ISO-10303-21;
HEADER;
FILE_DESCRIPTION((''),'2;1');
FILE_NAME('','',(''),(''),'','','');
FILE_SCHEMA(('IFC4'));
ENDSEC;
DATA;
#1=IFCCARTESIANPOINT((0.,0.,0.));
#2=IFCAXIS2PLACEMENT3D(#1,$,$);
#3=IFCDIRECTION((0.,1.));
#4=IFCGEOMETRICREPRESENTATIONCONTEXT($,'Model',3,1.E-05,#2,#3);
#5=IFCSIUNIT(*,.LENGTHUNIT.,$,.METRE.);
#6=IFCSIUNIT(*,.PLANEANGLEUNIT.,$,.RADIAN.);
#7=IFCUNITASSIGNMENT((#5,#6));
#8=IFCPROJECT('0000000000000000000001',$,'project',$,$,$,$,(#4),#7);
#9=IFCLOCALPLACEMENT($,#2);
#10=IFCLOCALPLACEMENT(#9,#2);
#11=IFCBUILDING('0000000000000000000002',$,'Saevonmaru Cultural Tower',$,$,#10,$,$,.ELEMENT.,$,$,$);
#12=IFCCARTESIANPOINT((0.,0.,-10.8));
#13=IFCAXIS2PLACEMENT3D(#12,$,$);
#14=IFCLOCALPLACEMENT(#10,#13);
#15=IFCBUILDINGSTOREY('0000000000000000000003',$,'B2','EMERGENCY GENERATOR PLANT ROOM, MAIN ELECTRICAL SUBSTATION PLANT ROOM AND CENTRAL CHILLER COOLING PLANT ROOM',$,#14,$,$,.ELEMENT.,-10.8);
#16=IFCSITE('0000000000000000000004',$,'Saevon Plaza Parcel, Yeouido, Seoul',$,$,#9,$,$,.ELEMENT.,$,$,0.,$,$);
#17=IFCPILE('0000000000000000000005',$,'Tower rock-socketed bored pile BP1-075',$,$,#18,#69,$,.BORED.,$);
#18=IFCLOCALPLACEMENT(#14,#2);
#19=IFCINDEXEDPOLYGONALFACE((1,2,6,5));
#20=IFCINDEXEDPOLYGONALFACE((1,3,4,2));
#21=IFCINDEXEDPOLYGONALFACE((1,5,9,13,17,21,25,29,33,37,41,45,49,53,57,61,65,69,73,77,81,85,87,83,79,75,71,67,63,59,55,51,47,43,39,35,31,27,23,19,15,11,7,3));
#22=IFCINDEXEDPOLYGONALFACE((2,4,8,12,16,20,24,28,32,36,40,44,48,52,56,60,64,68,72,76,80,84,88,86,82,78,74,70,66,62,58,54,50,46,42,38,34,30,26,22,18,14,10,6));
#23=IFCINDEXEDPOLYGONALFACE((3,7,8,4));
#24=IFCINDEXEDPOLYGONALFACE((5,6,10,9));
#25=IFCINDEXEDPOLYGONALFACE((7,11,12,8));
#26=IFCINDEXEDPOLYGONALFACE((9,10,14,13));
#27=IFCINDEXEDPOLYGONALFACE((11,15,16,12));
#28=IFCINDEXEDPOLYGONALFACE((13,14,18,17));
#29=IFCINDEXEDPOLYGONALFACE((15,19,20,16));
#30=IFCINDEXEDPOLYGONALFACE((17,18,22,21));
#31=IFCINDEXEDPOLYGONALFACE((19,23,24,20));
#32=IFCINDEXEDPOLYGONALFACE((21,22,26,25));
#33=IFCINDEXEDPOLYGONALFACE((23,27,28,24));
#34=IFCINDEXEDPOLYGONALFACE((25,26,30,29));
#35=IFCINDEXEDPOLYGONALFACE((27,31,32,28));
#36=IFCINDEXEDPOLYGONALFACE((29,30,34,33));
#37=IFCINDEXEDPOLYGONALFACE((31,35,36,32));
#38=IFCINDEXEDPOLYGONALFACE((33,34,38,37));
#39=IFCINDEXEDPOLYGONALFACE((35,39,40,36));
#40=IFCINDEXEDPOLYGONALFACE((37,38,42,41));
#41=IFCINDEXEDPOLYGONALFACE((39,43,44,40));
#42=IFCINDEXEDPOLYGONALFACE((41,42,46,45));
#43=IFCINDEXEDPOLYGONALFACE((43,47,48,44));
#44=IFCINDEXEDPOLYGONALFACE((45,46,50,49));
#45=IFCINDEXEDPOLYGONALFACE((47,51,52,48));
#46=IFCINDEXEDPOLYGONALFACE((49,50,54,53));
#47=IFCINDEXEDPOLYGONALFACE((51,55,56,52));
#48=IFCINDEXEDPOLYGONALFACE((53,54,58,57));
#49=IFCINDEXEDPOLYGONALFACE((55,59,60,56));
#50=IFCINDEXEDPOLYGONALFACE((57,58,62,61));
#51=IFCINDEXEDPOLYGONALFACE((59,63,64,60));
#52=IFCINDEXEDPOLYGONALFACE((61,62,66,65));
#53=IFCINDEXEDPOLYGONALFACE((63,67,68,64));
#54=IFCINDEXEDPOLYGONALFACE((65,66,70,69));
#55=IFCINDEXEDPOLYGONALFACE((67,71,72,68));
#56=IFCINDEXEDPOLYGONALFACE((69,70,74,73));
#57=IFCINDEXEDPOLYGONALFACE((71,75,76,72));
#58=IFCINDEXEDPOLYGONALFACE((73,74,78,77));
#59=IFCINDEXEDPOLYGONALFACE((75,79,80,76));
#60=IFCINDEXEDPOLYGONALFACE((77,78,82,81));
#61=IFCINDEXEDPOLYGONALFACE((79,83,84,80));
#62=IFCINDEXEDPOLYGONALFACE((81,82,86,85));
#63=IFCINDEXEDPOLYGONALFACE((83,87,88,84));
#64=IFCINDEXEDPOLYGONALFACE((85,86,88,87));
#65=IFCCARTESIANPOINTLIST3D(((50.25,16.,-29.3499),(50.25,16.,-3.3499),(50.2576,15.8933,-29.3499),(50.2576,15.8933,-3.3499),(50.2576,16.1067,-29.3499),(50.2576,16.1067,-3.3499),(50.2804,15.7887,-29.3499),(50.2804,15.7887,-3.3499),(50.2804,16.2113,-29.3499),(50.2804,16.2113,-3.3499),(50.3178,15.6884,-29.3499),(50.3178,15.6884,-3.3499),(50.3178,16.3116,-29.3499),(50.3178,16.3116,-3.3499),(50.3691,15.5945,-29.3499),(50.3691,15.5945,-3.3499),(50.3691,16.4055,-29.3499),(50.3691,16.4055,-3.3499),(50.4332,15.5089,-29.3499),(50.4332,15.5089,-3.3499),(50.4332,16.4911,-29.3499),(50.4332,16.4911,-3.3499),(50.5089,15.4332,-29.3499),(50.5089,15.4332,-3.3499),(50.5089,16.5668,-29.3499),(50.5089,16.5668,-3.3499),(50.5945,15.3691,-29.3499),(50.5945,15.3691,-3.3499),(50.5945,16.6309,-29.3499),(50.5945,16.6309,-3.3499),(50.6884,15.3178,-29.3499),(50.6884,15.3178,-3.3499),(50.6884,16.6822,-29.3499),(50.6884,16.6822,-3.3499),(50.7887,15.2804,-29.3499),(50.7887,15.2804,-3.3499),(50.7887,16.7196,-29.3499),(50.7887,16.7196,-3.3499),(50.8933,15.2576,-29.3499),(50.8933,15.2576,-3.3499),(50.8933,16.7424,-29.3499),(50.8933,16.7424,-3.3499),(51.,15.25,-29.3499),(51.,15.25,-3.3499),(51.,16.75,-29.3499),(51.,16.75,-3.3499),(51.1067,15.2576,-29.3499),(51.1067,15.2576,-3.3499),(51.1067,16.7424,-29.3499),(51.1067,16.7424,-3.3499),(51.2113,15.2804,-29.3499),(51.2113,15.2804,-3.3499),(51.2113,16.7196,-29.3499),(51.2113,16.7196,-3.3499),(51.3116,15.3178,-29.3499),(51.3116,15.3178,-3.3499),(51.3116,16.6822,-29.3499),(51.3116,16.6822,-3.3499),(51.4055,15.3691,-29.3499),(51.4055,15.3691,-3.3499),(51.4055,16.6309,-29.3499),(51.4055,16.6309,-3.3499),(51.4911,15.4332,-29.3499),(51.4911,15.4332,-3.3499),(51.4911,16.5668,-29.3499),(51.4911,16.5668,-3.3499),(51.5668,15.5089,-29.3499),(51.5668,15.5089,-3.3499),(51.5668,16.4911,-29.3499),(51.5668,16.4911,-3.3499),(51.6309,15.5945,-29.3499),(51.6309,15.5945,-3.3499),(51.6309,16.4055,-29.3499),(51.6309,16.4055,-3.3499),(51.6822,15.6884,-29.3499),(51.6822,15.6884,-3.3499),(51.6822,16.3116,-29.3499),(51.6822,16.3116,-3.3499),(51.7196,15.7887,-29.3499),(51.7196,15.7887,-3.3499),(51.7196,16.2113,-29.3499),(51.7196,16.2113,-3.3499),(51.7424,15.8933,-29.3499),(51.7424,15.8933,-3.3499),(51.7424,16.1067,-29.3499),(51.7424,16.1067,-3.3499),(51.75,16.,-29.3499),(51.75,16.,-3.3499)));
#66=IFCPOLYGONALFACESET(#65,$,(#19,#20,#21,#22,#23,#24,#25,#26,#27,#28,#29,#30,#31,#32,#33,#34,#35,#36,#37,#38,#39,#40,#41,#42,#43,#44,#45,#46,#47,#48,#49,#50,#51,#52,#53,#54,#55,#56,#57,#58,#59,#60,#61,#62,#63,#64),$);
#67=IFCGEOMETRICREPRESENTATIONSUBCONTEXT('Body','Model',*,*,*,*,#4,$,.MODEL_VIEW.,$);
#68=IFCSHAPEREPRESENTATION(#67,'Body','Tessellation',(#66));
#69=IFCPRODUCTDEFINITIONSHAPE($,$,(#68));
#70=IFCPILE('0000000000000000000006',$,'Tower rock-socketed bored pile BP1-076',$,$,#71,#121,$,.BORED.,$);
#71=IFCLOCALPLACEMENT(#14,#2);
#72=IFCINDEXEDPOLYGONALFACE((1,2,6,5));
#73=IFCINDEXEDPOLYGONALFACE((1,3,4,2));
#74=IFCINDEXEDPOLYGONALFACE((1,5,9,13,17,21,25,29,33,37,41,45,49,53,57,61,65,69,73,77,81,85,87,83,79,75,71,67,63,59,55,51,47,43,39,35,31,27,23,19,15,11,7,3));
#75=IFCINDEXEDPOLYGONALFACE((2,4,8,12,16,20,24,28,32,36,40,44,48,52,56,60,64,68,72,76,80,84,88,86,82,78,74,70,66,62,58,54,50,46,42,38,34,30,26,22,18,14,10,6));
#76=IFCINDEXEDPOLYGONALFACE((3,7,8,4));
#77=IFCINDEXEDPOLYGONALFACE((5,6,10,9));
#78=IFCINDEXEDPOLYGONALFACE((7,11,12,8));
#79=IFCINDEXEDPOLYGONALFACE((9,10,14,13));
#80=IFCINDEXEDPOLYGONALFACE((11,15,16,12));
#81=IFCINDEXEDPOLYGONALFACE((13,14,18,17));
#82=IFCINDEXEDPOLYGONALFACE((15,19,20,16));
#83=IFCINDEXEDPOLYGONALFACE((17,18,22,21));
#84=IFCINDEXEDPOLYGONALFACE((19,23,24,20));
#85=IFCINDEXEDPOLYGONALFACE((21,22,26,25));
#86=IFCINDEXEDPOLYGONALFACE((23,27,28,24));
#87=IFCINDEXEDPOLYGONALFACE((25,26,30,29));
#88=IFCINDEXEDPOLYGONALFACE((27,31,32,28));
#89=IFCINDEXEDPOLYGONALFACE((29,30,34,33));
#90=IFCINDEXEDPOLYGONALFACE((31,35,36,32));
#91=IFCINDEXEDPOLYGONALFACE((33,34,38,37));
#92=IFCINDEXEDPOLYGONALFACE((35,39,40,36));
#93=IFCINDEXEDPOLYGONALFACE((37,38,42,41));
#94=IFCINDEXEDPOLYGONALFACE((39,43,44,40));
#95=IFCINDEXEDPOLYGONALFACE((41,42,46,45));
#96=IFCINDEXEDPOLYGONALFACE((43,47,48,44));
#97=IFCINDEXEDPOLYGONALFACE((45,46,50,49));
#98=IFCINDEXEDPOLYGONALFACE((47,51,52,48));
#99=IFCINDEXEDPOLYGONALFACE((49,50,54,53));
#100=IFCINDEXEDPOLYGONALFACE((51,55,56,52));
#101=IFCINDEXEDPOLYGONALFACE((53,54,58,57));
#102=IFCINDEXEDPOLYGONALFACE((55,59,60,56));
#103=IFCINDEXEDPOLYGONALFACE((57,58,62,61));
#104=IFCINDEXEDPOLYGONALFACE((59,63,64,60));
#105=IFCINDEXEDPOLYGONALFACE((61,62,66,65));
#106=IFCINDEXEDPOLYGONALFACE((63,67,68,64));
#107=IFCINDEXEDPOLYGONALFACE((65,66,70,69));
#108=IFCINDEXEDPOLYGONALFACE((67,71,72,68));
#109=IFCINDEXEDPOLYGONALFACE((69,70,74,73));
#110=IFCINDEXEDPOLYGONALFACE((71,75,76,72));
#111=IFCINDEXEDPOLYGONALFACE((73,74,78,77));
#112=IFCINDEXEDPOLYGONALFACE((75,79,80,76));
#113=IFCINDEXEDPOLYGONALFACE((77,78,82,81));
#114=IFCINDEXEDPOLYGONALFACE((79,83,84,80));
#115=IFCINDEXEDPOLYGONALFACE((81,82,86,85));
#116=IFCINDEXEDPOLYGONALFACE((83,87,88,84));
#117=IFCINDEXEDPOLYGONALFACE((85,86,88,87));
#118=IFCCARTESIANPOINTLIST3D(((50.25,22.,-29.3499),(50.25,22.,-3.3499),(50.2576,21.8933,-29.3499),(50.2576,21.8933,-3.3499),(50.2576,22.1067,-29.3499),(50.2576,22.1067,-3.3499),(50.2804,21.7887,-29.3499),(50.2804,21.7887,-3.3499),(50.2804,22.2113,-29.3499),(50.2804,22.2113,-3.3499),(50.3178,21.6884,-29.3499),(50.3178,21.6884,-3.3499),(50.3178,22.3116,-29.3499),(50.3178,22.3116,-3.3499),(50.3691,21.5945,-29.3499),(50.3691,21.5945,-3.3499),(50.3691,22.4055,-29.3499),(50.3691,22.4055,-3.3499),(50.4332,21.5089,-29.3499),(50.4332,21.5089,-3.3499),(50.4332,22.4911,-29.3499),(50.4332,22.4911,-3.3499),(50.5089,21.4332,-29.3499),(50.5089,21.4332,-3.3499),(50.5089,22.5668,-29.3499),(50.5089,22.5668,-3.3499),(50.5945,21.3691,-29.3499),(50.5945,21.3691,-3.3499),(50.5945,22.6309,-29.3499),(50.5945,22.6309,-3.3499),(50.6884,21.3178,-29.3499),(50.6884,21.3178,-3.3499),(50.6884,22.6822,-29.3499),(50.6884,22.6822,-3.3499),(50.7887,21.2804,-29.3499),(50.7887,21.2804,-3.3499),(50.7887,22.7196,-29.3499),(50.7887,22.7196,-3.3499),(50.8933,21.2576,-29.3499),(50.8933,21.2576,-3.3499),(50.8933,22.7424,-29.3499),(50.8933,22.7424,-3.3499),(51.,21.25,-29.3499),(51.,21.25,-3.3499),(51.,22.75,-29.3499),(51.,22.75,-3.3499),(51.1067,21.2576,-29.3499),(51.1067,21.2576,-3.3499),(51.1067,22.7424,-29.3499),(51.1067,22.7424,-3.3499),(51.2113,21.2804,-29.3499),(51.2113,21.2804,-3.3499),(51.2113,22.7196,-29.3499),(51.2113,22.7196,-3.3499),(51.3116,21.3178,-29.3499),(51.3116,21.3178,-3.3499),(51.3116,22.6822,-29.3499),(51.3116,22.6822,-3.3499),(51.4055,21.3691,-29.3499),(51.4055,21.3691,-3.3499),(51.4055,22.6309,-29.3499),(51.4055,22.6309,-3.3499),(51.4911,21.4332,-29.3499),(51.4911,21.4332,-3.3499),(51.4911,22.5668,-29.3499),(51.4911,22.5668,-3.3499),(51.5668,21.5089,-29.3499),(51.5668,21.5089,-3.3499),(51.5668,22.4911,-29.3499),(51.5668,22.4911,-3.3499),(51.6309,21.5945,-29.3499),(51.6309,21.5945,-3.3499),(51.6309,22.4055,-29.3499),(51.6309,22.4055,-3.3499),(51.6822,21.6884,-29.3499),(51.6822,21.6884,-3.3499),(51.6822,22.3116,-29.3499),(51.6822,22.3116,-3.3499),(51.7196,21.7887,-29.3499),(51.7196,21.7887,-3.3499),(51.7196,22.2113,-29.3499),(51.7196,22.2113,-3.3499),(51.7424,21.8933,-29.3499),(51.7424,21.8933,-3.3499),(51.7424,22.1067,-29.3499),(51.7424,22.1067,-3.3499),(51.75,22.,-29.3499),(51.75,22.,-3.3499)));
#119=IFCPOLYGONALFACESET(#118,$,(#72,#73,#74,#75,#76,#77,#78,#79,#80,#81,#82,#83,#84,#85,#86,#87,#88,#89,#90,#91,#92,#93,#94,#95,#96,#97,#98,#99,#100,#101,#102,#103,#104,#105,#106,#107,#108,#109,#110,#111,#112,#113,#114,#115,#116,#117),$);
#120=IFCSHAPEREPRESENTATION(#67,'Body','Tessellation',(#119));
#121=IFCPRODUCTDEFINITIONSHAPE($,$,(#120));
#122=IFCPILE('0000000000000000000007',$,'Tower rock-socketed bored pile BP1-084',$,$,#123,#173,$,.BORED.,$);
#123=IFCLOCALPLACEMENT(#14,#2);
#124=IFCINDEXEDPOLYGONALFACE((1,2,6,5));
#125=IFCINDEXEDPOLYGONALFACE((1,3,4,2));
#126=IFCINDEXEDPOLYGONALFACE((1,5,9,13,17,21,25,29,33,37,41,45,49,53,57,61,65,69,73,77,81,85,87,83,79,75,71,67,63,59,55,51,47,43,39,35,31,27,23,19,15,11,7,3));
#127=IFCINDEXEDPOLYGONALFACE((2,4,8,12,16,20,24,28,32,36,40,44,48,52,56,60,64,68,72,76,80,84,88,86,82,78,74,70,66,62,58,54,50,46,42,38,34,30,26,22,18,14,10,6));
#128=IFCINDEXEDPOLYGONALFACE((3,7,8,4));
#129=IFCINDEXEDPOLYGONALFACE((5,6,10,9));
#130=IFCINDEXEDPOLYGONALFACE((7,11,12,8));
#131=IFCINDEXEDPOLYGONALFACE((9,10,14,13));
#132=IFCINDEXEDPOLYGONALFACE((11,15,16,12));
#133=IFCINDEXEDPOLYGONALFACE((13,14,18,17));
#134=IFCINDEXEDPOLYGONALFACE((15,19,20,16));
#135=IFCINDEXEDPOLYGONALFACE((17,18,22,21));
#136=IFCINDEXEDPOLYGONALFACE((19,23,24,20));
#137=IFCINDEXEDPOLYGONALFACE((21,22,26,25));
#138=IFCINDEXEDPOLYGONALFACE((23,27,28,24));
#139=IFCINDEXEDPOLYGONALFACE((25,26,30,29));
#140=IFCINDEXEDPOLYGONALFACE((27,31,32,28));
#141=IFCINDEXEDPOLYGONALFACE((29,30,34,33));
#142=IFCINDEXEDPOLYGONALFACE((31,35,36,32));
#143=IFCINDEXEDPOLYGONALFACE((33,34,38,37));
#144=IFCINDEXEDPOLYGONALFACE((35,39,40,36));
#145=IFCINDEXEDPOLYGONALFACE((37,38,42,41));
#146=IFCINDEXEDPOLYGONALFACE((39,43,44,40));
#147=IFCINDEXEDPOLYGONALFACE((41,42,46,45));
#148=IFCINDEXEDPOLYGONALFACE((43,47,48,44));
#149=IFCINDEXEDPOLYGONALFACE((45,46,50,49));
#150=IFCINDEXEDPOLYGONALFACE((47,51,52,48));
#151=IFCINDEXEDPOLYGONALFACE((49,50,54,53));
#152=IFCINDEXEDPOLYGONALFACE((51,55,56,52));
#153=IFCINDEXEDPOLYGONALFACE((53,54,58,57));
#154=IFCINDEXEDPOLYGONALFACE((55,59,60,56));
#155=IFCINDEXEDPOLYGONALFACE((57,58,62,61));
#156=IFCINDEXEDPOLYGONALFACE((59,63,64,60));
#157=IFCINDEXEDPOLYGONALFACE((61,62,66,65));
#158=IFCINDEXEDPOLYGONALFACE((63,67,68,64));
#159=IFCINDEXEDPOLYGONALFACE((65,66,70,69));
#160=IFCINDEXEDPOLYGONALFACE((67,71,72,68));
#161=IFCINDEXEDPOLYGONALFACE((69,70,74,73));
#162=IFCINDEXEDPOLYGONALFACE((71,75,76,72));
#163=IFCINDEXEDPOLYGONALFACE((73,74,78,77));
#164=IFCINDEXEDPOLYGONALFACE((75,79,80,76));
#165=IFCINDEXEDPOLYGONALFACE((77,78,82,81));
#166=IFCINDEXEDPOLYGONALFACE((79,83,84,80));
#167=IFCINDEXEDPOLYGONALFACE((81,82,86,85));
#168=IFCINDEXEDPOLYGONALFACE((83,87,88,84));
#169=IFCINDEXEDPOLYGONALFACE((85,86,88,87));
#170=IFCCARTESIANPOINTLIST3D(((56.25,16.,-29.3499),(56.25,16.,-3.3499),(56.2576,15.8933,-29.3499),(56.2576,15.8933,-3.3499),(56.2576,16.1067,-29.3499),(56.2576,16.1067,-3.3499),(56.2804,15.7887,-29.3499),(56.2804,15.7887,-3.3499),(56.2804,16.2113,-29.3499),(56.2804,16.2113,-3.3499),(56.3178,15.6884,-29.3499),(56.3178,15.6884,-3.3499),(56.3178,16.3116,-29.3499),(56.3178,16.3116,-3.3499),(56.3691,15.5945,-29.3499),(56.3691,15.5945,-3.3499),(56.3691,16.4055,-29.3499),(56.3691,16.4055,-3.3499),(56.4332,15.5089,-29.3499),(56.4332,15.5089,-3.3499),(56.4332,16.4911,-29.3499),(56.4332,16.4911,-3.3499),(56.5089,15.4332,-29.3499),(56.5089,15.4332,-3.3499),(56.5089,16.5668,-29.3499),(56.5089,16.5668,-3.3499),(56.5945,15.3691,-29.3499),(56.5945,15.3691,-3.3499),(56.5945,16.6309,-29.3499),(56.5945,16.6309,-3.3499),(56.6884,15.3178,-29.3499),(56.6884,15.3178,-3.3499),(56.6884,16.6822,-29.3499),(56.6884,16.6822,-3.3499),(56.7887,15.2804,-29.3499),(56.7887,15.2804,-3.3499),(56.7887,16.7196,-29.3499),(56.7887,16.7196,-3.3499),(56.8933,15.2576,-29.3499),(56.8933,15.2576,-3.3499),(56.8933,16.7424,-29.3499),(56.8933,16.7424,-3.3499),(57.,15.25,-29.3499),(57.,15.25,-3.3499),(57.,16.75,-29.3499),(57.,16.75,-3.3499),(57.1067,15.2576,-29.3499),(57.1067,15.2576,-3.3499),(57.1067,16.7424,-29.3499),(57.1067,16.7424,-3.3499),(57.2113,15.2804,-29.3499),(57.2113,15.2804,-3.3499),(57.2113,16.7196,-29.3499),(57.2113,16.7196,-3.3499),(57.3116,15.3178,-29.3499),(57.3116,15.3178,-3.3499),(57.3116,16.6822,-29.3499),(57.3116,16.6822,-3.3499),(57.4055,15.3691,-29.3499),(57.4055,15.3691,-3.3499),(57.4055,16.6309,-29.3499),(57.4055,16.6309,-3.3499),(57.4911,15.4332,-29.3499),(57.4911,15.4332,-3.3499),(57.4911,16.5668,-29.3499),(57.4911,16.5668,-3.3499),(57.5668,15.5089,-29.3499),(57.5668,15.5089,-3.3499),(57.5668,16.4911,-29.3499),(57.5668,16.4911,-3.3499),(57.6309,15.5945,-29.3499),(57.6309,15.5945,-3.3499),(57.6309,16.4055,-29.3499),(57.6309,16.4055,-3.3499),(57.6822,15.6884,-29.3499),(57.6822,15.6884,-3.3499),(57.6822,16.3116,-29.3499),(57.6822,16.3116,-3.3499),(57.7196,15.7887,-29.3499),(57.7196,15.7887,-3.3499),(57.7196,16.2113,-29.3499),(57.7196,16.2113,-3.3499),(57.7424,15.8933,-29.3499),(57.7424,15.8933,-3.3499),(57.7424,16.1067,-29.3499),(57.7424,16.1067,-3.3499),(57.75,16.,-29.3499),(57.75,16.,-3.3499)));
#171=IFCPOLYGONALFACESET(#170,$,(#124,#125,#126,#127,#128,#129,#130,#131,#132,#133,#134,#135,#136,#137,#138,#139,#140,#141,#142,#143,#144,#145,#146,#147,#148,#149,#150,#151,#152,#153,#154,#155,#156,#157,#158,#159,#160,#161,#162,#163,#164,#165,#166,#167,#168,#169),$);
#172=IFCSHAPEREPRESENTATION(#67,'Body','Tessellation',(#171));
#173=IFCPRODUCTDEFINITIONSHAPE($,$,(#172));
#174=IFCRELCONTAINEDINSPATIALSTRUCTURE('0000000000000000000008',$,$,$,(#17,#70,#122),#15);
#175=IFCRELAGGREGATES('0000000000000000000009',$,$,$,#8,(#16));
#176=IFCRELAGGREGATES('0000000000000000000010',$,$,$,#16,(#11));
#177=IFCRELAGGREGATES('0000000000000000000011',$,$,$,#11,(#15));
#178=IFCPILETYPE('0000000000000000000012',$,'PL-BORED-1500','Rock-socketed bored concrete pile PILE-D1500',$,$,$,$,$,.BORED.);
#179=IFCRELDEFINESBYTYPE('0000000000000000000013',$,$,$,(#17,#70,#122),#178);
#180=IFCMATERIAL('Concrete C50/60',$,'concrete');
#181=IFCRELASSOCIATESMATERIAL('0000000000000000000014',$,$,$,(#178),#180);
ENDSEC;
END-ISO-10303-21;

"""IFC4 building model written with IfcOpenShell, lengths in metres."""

from ifc_helpers import new_model, si_unit, direction, frame, origin, origin_2d, place, context, subcontext, project, spatial, circle, extrude, material, material_profile, profile_set, type_object, element, save


model = new_model("IFC4")

# Units and contexts
model_context = context("Model", 3, precision=1e-05, world=origin(), true_north=direction((0.0, 1.0)))
body_context = subcontext(model_context, "Body", "Model", "MODEL_VIEW")
ifc_project = project(units=[si_unit("LENGTHUNIT", "METRE"), si_unit("PLANEANGLEUNIT", "RADIAN")], contexts=[model_context])

# Site, building, storey
site_placement = place(None, origin())
site = spatial("IfcSite", under=ifc_project, at=site_placement, Name="Saevon Plaza Parcel, Yeouido, Seoul", CompositionType="ELEMENT", RefElevation=0.0)
building_placement = place(site_placement, origin())
building = spatial("IfcBuilding", under=site, at=building_placement, Name="Saevonmaru Cultural Tower", CompositionType="ELEMENT")
storey_placement = place(building_placement, frame((0.0, 0.0, -10.8)))
storey = spatial("IfcBuildingStorey", under=building, at=storey_placement, Name="B2", Description="EMERGENCY GENERATOR PLANT ROOM, MAIN ELECTRICAL SUBSTATION PLANT ROOM AND CENTRAL CHILLER COOLING PLANT ROOM", CompositionType="ELEMENT", Elevation=-10.8)

# Piles
ifc_material_1 = material(Name="Concrete C50/60", Category="concrete")
ifc_material_profile_1 = material_profile(ifc_material_1, circle(Radius=0.75, at=origin_2d()), Name="PILE-D1500")
ifc_profile_set_1 = profile_set([ifc_material_profile_1], Name="Concrete C50/60")
pile_type = type_object("IfcPileType", Name="PL-BORED-1500", Description="Rock-socketed bored concrete pile PILE-D1500", PredefinedType="BORED", material=ifc_profile_set_1)
for number, where, z_axis, x_axis, name in (
    (1, (51.0, 16.0, -3.3499), (0.0, 0.0, -1.0), (1.0, 0.0, 0.0), "Tower rock-socketed bored pile BP1-075"),
    (2, (51.0, 22.0, -3.3499), (0.0, 0.0, -1.0), (1.0, 0.0, 0.0), "Tower rock-socketed bored pile BP1-076"),
    (3, (57.0, 16.0, -3.3499), (0.0, 0.0, -1.0), (1.0, 0.0, 0.0), "Tower rock-socketed bored pile BP1-084"),
):
    element("IfcPile", number, at=place(storey_placement, frame(where, z_axis=z_axis, x_axis=x_axis)), inside=storey, type_object=pile_type, Name=name, PredefinedType="BORED", context=body_context, shape_type="SweptSolid", body=[
        extrude(circle(Radius=0.75, at=origin_2d()), origin(), (0.0, 0.0, 1.0), 26.0),
    ])

save(model, "model.ifc")
